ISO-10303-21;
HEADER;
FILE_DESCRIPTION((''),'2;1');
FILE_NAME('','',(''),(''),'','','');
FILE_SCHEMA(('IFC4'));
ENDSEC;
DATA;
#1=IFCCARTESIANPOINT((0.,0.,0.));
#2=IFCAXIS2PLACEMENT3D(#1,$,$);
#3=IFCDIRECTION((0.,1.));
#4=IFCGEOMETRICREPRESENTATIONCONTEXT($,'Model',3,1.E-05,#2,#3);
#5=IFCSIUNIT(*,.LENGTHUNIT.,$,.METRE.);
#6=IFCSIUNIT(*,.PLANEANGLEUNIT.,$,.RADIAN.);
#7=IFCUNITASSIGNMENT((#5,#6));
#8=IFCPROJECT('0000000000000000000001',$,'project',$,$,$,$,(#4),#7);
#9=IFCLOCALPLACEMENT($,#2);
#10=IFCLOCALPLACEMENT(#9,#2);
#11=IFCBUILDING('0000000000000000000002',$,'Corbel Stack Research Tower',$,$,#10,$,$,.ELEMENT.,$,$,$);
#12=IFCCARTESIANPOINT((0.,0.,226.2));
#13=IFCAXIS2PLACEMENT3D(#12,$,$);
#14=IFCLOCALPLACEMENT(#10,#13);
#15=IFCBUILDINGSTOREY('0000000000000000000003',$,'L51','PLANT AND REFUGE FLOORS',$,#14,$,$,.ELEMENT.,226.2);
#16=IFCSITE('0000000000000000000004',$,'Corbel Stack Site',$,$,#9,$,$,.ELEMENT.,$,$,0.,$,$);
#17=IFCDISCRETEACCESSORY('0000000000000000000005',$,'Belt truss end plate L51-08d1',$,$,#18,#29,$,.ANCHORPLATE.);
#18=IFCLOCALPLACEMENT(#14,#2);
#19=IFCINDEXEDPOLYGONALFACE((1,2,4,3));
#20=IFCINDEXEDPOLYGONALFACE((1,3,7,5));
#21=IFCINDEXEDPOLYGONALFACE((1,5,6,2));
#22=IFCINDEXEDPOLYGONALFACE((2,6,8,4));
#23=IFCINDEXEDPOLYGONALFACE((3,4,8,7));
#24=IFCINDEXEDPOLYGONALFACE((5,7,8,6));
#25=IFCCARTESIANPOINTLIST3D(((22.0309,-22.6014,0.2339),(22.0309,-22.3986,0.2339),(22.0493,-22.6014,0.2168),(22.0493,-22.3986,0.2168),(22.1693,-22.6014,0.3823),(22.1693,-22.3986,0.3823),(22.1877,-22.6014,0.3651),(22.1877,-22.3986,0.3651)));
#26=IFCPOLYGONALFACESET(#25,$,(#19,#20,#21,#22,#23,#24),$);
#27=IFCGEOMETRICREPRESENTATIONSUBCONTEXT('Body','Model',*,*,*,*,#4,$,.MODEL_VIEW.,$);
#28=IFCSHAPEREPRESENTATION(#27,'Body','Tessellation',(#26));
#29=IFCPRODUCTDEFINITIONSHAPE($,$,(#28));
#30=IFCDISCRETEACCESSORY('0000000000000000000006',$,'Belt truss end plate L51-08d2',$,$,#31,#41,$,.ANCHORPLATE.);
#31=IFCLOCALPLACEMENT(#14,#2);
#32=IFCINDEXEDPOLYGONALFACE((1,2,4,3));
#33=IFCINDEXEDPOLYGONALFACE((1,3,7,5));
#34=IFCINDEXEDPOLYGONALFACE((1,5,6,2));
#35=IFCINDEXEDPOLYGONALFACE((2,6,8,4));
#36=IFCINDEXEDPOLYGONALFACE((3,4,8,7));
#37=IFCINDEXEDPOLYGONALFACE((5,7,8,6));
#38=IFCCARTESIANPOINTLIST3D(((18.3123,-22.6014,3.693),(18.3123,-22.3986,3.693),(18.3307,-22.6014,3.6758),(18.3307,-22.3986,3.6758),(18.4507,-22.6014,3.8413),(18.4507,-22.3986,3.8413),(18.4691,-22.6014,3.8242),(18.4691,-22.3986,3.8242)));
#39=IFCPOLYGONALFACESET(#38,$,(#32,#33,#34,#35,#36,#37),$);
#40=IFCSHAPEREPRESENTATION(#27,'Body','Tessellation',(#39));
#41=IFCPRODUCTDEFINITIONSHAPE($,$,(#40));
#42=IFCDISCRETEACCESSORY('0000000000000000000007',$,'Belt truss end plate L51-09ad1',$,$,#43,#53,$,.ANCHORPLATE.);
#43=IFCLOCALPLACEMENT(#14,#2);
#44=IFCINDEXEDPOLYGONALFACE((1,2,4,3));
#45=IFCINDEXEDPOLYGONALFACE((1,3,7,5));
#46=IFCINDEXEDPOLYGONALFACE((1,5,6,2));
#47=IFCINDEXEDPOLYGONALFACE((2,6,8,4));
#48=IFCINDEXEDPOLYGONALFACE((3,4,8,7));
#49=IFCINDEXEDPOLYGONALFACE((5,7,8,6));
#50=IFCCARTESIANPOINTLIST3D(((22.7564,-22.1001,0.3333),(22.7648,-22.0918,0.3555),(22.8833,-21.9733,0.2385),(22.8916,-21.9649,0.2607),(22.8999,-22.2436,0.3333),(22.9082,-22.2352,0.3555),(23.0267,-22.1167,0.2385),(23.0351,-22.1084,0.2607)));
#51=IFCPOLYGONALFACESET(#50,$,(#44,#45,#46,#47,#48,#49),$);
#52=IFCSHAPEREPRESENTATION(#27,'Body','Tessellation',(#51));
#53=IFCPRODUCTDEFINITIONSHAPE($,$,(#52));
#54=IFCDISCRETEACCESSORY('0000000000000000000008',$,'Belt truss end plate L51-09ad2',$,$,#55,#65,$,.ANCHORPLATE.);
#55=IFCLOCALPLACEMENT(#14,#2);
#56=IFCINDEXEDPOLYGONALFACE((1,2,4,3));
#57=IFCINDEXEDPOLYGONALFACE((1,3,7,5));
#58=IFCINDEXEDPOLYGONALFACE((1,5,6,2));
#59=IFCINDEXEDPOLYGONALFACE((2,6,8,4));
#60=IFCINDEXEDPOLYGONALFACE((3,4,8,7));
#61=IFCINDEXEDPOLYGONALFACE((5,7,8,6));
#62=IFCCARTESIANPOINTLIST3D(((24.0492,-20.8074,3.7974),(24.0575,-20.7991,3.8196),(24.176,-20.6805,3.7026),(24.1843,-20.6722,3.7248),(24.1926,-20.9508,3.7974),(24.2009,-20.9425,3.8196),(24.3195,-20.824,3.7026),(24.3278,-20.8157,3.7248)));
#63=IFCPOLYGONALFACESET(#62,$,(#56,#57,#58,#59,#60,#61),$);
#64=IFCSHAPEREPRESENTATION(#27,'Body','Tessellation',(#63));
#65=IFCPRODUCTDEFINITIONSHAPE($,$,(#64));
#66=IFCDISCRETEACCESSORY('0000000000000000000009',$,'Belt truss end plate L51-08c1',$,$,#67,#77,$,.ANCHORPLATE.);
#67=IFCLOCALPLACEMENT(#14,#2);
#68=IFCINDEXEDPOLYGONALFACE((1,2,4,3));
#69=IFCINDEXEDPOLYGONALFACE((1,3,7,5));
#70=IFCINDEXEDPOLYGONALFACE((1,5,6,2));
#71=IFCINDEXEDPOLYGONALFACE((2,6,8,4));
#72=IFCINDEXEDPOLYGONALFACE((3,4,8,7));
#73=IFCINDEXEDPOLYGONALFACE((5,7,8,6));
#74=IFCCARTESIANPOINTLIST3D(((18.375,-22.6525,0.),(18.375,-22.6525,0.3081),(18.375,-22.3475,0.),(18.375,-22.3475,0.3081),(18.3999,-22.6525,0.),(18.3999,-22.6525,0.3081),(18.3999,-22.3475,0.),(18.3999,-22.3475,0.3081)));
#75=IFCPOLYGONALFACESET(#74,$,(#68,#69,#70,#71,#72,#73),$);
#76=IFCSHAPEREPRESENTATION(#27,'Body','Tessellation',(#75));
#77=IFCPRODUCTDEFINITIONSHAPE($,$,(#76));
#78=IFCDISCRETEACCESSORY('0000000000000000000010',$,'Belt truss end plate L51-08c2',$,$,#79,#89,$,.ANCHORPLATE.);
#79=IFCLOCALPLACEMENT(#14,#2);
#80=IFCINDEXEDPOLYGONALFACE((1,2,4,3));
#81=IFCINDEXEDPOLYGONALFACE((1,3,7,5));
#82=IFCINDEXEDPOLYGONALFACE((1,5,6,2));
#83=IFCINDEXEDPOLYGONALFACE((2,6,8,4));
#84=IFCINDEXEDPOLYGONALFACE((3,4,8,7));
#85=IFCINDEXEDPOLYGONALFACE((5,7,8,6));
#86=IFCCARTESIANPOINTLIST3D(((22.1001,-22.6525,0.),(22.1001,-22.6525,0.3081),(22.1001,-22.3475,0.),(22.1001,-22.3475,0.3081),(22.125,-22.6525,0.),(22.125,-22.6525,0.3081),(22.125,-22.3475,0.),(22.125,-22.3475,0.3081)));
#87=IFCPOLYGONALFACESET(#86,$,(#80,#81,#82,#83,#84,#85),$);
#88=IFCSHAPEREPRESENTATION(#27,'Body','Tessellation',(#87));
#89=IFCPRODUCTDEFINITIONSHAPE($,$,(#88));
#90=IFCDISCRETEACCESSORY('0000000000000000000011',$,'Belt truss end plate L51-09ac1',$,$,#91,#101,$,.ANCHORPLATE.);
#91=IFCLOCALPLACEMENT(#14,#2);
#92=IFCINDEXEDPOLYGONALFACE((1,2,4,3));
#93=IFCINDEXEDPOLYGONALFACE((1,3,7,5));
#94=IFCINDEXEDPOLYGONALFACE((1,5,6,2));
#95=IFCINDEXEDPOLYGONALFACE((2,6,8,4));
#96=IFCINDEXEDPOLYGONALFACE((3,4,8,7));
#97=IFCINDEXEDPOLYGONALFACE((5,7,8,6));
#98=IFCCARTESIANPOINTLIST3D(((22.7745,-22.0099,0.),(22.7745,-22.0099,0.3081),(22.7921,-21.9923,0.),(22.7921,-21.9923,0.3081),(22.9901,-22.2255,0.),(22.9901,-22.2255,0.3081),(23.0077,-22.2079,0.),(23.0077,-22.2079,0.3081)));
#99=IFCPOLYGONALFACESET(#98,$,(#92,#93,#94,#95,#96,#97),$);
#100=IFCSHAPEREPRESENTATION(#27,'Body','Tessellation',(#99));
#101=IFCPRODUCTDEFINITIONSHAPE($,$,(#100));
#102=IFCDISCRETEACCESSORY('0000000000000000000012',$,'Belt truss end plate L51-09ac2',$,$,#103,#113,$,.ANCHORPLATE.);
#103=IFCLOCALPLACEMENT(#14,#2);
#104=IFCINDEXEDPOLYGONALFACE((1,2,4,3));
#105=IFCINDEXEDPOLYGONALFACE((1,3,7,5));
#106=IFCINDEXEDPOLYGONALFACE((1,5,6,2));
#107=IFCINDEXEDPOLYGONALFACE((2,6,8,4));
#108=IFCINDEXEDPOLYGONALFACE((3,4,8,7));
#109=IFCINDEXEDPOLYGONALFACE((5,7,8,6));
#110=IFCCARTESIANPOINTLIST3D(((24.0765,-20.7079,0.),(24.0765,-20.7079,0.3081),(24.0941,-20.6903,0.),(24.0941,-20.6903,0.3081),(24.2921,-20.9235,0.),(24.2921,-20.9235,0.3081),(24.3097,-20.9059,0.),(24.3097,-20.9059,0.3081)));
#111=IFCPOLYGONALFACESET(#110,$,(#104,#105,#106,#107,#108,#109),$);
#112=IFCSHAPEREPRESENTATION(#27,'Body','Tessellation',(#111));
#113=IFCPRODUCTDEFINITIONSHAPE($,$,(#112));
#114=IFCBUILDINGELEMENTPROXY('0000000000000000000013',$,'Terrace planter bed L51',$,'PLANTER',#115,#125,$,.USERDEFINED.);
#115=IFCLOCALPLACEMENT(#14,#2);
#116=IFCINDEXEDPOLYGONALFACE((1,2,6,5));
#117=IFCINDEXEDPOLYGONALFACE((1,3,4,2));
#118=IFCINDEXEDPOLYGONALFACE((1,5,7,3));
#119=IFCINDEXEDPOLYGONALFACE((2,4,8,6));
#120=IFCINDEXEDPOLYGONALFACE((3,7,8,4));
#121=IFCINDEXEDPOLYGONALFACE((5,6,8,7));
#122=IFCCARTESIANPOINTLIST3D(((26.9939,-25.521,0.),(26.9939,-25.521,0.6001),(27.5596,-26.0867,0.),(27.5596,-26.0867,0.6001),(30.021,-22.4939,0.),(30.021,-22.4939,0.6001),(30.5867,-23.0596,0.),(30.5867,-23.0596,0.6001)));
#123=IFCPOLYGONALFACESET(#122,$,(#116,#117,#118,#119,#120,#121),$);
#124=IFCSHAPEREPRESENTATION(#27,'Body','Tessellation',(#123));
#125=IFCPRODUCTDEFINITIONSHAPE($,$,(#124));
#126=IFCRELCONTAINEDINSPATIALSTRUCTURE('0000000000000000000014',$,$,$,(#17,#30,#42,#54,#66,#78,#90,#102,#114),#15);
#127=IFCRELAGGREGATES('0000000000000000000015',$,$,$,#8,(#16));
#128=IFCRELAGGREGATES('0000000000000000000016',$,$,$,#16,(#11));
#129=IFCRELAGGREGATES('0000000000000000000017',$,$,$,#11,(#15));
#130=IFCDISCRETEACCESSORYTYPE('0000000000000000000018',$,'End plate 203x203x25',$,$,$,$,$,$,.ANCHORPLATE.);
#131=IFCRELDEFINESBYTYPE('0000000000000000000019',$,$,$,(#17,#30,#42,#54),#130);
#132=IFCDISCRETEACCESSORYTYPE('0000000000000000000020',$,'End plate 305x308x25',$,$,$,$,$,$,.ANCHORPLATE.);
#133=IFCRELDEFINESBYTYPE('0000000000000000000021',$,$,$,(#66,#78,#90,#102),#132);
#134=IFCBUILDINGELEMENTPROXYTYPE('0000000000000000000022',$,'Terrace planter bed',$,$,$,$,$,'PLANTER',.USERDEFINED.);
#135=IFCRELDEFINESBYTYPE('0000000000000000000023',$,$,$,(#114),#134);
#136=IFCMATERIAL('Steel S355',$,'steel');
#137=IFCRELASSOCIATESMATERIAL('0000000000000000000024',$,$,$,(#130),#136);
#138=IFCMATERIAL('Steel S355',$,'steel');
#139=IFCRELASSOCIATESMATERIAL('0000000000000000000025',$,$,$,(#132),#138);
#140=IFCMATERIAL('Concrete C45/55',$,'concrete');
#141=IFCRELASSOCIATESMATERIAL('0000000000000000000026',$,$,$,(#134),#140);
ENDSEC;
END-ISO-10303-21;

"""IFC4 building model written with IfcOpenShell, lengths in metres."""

from ifc_helpers import new_model, si_unit, direction, frame, origin, origin_2d, place, context, subcontext, project, spatial, rectangle, extrude, material, material_profile, profile_set, type_object, element, save


model = new_model("IFC4")

# Units and contexts
model_context = context("Model", 3, precision=1e-05, world=origin(), true_north=direction((0.0, 1.0)))
body_context = subcontext(model_context, "Body", "Model", "MODEL_VIEW")
ifc_project = project(units=[si_unit("LENGTHUNIT", "METRE"), si_unit("PLANEANGLEUNIT", "RADIAN")], contexts=[model_context])

# Site, building, storey
site_placement = place(None, origin())
site = spatial("IfcSite", under=ifc_project, at=site_placement, Name="Corbel Stack Site", CompositionType="ELEMENT", RefElevation=0.0)
building_placement = place(site_placement, origin())
building = spatial("IfcBuilding", under=site, at=building_placement, Name="Corbel Stack Research Tower", CompositionType="ELEMENT")
storey_placement = place(building_placement, frame((0.0, 0.0, 226.2)))
storey = spatial("IfcBuildingStorey", under=building, at=storey_placement, Name="L51", Description="PLANT AND REFUGE FLOORS", CompositionType="ELEMENT", Elevation=226.2)

# Discrete accessories
ifc_material_1 = material(Name="Steel S355", Category="steel")
ifc_material_profile_1 = material_profile(ifc_material_1, rectangle(XDim=0.2029, YDim=0.2029, at=origin_2d()), Name="End plate 203x203x25")
ifc_profile_set_1 = profile_set([ifc_material_profile_1], Name="Steel S355")
discrete_accessory_type_1 = type_object("IfcDiscreteAccessoryType", Name="End plate 203x203x25", PredefinedType="ANCHORPLATE", material=ifc_profile_set_1)
for number, where, z_axis, x_axis, name in (
    (1, (22.1001, -22.5, 0.3081), (0.731055, 0.0, -0.682318), (0.0, 1.0, 0.0), "Belt truss end plate L51-08d1"),
    (2, (18.3999, -22.5, 3.75), (-0.731055, 0.0, 0.682318), (0.0, -1.0, 0.0), "Belt truss end plate L51-08d2"),
    (3, (22.8999, -22.1001, 0.3081), (-0.330346, -0.330346, -0.884162), (0.707107, -0.707107, 0.0), "Belt truss end plate L51-09ad1"),
    (4, (24.1843, -20.8157, 3.75), (0.330346, 0.330346, 0.884162), (-0.707107, 0.707107, 0.0), "Belt truss end plate L51-09ad2"),
):
    element("IfcDiscreteAccessory", number, at=place(storey_placement, frame(where, z_axis=z_axis, x_axis=x_axis)), inside=storey, type_object=discrete_accessory_type_1, Name=name, PredefinedType="ANCHORPLATE", context=body_context, shape_type="SweptSolid", body=[
        extrude(rectangle(XDim=0.2029, YDim=0.2029, at=origin_2d()), origin(), (0.0, 0.0, 1.0), 0.0251),
    ])
ifc_material_2 = material(Name="Steel S355", Category="steel")
ifc_material_profile_2 = material_profile(ifc_material_2, rectangle(XDim=0.3049, YDim=0.3081, at=origin_2d()), Name="End plate 305x308x25")
ifc_profile_set_2 = profile_set([ifc_material_profile_2], Name="Steel S355")
discrete_accessory_type_2 = type_object("IfcDiscreteAccessoryType", Name="End plate 305x308x25", PredefinedType="ANCHORPLATE", material=ifc_profile_set_2)
for number, where, z_axis, x_axis, name in (
    (5, (18.3999, -22.5, 0.1541), (-1.0, 0.0, 0.0), (0.0, -1.0, 0.0), "Belt truss end plate L51-08c1"),
    (6, (22.1001, -22.5, 0.1541), (1.0, 0.0, 0.0), (0.0, 1.0, 0.0), "Belt truss end plate L51-08c2"),
    (7, (22.8999, -22.1001, 0.1541), (-0.707107, -0.707107, 0.0), (0.707107, -0.707107, 0.0), "Belt truss end plate L51-09ac1"),
    (8, (24.1843, -20.8157, 0.1541), (0.707107, 0.707107, 0.0), (-0.707107, 0.707107, 0.0), "Belt truss end plate L51-09ac2"),
):
    element("IfcDiscreteAccessory", number, at=place(storey_placement, frame(where, z_axis=z_axis, x_axis=x_axis)), inside=storey, type_object=discrete_accessory_type_2, Name=name, PredefinedType="ANCHORPLATE", context=body_context, shape_type="SweptSolid", body=[
        extrude(rectangle(XDim=0.3049, YDim=0.3081, at=origin_2d()), origin(), (0.0, 0.0, 1.0), 0.0249),
    ])

# Building element proxy
ifc_material_3 = material(Name="Concrete C45/55", Category="concrete")
building_element_proxy_type = type_object("IfcBuildingElementProxyType", Name="Terrace planter bed", ElementType="PLANTER", PredefinedType="USERDEFINED", material=ifc_material_3)
proxy_placement = place(storey_placement, frame((28.7903, -24.2903, 0.0), z_axis=(0.0, 0.0, 1.0), x_axis=(-0.707107, -0.707107, 0.0)))
element("IfcBuildingElementProxy", 9, at=proxy_placement, inside=storey, type_object=building_element_proxy_type, Name="Terrace planter bed L51", ObjectType="PLANTER", PredefinedType="USERDEFINED", context=body_context, shape_type="SweptSolid", body=[
    extrude(rectangle(XDim=4.281, YDim=0.8, at=origin_2d()), origin(), (0.0, 0.0, 1.0), 0.6001),
])

save(model, "model.ifc")
